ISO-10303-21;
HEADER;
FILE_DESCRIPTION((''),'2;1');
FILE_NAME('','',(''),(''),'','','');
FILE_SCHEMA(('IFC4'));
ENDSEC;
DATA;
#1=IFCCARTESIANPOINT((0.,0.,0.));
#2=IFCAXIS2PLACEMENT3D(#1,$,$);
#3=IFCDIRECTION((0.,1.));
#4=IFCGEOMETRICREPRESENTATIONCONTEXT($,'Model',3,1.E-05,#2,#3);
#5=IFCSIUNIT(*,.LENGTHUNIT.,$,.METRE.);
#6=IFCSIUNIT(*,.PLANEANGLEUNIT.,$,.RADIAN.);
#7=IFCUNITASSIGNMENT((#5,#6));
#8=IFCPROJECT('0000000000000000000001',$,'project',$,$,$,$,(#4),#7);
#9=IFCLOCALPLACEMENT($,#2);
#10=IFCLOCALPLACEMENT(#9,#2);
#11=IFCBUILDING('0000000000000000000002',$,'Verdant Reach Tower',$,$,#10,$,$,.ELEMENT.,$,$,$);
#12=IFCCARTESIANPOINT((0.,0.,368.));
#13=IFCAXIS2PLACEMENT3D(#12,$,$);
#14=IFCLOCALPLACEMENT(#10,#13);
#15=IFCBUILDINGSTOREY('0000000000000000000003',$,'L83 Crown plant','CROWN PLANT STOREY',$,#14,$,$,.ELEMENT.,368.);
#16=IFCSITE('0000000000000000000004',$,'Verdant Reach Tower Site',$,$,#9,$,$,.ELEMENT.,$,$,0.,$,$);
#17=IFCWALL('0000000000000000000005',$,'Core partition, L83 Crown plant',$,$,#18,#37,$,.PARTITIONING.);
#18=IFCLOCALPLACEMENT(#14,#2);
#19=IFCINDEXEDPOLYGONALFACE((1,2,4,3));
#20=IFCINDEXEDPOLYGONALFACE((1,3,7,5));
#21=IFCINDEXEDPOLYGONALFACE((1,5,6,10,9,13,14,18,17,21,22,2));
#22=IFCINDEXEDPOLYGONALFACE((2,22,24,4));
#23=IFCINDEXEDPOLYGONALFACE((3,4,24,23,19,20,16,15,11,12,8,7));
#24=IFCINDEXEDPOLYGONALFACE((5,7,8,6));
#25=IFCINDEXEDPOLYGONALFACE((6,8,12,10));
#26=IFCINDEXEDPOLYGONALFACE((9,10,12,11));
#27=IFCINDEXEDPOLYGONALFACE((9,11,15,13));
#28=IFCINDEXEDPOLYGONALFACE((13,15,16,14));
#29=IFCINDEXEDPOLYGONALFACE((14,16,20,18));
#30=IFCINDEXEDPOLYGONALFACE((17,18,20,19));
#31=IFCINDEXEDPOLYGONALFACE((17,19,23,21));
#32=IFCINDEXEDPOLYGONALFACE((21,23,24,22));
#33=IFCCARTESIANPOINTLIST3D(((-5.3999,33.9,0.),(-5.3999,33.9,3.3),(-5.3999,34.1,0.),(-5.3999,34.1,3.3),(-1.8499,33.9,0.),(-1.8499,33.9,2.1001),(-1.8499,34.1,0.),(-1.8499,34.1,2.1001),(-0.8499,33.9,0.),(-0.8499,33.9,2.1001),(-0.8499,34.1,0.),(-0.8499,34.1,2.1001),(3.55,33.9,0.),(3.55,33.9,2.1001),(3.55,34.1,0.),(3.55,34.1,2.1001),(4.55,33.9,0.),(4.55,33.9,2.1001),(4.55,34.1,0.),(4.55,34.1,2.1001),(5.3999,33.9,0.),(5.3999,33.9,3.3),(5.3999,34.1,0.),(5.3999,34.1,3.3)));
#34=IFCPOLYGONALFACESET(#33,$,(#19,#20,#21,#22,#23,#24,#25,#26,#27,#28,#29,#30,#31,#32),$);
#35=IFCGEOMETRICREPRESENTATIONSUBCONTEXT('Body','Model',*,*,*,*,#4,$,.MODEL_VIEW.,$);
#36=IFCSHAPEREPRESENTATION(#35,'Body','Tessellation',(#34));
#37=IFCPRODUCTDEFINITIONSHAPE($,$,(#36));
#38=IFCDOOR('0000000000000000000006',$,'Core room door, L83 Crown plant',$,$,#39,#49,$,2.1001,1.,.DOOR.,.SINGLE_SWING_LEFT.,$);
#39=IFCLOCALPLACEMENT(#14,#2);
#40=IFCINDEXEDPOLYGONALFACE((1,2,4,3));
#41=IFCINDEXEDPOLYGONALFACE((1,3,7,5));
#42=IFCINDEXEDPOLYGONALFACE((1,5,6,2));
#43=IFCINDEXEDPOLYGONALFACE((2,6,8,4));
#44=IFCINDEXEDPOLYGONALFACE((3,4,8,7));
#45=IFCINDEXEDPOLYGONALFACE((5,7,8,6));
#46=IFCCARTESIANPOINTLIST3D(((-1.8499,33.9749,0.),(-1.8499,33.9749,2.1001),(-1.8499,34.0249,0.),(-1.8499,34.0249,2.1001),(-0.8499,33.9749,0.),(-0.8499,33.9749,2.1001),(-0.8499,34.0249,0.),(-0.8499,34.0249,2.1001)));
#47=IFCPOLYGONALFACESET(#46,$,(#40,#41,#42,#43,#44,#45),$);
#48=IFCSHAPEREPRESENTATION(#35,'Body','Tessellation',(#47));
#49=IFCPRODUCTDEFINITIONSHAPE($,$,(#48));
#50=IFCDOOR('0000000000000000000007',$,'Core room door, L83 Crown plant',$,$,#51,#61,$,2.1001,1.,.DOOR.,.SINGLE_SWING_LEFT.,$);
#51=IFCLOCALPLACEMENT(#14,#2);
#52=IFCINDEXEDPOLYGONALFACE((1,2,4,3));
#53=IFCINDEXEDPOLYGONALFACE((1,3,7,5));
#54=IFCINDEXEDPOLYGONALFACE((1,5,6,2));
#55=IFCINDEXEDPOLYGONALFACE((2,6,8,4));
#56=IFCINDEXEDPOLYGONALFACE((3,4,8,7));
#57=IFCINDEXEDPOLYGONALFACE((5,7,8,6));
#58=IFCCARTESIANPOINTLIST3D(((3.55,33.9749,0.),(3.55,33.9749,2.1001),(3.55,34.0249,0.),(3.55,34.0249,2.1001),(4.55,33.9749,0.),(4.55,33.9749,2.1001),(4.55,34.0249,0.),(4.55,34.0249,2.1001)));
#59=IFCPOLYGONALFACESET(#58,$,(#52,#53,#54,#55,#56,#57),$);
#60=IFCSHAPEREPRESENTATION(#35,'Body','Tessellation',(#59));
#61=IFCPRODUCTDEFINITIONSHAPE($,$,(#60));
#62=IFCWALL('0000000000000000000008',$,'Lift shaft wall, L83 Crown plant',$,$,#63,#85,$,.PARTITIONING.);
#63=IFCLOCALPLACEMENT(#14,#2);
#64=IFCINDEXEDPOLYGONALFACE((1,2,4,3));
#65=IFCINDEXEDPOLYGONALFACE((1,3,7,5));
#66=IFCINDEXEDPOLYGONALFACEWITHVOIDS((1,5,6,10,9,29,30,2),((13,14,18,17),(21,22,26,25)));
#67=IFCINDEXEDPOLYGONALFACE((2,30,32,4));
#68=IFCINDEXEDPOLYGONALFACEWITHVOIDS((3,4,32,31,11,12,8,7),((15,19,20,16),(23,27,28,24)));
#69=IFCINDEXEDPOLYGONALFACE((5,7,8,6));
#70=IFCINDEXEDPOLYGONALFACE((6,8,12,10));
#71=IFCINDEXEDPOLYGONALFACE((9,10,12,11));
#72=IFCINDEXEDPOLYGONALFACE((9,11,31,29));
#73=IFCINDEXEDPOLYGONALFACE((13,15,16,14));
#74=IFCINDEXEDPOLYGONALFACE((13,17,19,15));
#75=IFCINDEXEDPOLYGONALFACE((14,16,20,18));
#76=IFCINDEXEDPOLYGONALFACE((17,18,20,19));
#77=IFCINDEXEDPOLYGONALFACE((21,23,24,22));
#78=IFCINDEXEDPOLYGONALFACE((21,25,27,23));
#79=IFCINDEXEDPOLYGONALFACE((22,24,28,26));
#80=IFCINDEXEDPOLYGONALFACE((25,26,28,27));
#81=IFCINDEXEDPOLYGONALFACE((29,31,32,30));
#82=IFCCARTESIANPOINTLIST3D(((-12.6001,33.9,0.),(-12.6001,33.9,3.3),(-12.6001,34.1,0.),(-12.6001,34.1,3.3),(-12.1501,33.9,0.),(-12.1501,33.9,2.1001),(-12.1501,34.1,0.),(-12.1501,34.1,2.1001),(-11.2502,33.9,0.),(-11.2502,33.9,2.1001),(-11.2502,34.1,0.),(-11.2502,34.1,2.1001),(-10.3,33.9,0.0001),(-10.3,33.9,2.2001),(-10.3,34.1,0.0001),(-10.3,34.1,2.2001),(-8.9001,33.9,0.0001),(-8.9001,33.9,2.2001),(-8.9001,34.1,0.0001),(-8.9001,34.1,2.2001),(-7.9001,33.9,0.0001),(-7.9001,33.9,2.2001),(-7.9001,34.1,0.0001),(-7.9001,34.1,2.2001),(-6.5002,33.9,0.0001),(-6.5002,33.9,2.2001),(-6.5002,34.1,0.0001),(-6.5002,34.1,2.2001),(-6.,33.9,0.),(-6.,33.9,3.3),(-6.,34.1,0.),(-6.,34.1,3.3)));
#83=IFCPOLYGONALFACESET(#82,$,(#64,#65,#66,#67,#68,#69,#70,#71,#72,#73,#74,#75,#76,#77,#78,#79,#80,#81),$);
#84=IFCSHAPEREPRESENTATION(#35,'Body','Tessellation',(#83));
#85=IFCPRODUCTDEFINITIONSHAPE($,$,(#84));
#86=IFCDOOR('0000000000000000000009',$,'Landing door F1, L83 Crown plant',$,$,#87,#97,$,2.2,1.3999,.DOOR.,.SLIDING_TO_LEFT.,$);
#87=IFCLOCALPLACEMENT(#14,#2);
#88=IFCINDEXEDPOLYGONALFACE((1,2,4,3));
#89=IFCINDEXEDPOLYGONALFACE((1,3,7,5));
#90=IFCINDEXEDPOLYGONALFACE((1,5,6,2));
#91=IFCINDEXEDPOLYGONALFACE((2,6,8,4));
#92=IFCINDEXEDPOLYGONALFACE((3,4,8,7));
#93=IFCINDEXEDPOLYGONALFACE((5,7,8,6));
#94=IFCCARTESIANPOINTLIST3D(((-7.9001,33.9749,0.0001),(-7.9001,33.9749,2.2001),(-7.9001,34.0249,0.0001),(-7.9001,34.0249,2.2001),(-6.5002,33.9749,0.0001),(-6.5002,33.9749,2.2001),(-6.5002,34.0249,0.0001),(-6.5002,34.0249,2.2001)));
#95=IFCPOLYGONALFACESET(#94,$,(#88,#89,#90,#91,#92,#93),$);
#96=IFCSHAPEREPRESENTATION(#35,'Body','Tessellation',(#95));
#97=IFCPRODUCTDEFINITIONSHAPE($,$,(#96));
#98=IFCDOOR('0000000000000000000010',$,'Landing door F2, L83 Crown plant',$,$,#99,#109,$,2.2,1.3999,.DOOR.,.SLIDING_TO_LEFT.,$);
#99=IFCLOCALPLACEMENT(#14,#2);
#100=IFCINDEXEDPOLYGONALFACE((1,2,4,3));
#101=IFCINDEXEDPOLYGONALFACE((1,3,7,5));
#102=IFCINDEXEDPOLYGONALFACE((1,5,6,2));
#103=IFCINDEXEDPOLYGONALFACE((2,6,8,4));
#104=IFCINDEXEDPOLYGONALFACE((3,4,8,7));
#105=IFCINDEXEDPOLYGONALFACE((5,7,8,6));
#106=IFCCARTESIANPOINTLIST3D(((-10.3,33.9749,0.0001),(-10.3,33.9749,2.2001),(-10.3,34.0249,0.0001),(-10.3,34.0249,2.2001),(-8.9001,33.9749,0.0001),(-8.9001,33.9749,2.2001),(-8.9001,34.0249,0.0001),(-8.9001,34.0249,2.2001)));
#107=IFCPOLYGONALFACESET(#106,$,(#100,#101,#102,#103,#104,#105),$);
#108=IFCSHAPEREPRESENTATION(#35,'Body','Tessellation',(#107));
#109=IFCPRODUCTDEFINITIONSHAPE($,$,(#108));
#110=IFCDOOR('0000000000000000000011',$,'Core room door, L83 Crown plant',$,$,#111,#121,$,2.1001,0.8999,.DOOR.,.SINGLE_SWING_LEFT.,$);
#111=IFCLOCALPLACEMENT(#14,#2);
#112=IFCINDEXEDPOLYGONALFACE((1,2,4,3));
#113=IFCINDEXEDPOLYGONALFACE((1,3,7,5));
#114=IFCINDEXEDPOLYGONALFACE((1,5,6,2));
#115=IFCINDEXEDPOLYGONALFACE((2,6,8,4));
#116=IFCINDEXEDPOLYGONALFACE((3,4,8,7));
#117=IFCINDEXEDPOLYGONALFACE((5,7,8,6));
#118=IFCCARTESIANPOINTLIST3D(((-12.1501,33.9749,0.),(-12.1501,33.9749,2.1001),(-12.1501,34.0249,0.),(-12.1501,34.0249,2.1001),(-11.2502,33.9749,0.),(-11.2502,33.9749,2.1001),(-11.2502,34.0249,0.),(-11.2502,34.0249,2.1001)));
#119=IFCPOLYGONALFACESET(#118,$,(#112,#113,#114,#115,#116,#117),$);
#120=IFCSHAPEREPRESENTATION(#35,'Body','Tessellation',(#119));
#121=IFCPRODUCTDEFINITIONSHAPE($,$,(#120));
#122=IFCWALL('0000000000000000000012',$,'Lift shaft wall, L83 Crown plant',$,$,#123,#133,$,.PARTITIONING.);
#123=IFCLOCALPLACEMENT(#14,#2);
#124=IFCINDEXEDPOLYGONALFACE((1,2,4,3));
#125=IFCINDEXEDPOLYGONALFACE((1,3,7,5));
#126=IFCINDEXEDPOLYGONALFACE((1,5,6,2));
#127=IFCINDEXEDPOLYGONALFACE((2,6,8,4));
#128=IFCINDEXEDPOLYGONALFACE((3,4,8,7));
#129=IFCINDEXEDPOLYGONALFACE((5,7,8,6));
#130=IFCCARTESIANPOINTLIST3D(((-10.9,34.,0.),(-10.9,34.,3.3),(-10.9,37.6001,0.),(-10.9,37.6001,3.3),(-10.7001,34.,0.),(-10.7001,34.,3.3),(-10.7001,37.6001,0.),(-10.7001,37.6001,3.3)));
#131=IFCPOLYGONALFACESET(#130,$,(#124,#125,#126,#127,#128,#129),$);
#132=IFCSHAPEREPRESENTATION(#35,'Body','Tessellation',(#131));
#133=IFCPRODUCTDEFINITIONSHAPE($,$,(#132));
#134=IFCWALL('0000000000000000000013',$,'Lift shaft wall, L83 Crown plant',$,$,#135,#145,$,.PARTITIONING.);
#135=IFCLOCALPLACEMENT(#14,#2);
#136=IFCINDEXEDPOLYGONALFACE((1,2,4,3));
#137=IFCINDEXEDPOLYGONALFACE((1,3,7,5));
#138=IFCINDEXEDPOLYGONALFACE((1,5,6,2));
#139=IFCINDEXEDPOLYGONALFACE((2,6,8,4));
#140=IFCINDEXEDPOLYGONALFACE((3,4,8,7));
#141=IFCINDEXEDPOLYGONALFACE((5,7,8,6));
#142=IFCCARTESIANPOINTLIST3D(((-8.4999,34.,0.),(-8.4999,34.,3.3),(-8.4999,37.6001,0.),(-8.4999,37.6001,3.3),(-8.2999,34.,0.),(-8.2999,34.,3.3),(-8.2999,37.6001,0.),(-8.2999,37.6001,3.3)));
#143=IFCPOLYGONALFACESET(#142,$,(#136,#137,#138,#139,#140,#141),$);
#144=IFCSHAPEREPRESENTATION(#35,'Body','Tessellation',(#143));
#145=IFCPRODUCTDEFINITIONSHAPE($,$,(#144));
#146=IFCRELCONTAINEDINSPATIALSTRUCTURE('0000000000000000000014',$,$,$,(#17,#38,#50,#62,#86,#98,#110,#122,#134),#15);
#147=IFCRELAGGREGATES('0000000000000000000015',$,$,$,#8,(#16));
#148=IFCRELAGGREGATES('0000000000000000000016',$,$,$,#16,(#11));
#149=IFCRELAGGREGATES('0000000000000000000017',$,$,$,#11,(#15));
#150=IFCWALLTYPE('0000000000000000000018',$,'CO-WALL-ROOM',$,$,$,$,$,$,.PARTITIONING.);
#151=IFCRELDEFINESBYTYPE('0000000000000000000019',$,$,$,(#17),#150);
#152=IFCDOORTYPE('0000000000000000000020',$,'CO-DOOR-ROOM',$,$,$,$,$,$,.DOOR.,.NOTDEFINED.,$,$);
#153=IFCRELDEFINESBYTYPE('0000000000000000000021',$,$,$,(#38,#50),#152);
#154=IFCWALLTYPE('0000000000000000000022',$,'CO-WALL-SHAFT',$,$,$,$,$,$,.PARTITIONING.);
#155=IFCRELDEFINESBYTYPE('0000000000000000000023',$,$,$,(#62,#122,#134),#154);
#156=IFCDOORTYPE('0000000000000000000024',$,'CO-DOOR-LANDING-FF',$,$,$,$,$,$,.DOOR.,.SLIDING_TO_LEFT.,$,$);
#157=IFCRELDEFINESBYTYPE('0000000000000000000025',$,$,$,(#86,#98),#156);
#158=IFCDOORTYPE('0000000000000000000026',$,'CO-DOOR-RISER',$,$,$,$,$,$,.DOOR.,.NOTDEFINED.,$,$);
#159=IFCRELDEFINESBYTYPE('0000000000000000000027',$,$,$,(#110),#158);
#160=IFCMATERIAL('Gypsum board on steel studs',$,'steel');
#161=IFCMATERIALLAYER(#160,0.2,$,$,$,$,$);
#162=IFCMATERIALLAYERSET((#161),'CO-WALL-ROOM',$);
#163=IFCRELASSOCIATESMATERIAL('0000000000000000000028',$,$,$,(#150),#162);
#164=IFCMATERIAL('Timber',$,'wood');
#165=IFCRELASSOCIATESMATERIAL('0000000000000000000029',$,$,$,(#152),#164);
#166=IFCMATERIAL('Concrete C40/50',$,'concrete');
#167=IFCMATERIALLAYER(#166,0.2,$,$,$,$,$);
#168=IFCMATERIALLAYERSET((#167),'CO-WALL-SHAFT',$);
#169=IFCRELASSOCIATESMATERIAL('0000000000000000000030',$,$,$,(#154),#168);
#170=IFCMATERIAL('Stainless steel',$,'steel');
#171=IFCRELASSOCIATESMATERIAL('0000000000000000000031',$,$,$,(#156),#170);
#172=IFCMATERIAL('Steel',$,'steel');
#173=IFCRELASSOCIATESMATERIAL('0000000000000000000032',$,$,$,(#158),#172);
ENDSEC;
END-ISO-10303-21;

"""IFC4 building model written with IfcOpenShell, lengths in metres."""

from ifc_helpers import new_model, si_unit, direction, frame, frame_2d, origin, place, context, subcontext, project, spatial, rectangle, extrude, material, layer, layer_set, type_object, element, fill, save


model = new_model("IFC4")

# Units and contexts
model_context = context("Model", 3, precision=1e-05, world=origin(), true_north=direction((0.0, 1.0)))
body_context = subcontext(model_context, "Body", "Model", "MODEL_VIEW")
ifc_project = project(units=[si_unit("LENGTHUNIT", "METRE"), si_unit("PLANEANGLEUNIT", "RADIAN")], contexts=[model_context])

# Site, building, storey
site_placement = place(None, origin())
site = spatial("IfcSite", under=ifc_project, at=site_placement, Name="Verdant Reach Tower Site", CompositionType="ELEMENT", RefElevation=0.0)
building_placement = place(site_placement, origin())
building = spatial("IfcBuilding", under=site, at=building_placement, Name="Verdant Reach Tower", CompositionType="ELEMENT")
storey_placement = place(building_placement, frame((0.0, 0.0, 368.0)))
storey = spatial("IfcBuildingStorey", under=building, at=storey_placement, Name="L83 Crown plant", Description="CROWN PLANT STOREY", CompositionType="ELEMENT", Elevation=368.0)

# Shared definitions
ifc_material_1 = material(Name="Gypsum board on steel studs", Category="steel")
ifc_layer_1 = layer(ifc_material_1, 0.2)
ifc_layer_set_1 = layer_set([ifc_layer_1], Name="CO-WALL-ROOM")
wall_type_1 = type_object("IfcWallType", Name="CO-WALL-ROOM", PredefinedType="PARTITIONING", material=ifc_layer_set_1)
ifc_material_2 = material(Name="Timber", Category="wood")
door_type_1 = type_object("IfcDoorType", Name="CO-DOOR-ROOM", OperationType="NOTDEFINED", PredefinedType="DOOR", material=ifc_material_2)

# Walls, openings, doors
wall_1_placement = place(storey_placement, frame((-5.3999, 34.0, 0.0), z_axis=(0.0, 0.0, 1.0), x_axis=(1.0, 0.0, 0.0)))
wall_1 = element("IfcWall", 1, at=wall_1_placement, inside=storey, type_object=wall_type_1, Name="Core partition, L83 Crown plant", PredefinedType="PARTITIONING", context=body_context, shape_type="SweptSolid", body=[
    extrude(rectangle(XDim=10.7998, YDim=0.2, at=frame_2d((5.3999, 0.0))), origin(), (0.0, 0.0, 1.0), 3.3),
])
opening_1_placement = place(wall_1_placement, frame((3.55, 0.0, 0.0)))
opening_1 = element("IfcOpeningElement", 2, at=opening_1_placement, cuts=wall_1, PredefinedType="OPENING", context=body_context, shape_type="SweptSolid", body=[
    extrude(rectangle(XDim=1.0, YDim=2.1001, at=frame_2d((0.5, 1.05))), frame((0.0, 0.1099, 0.0), z_axis=(0.0, -1.0, 0.0), x_axis=(1.0, 0.0, 0.0)), (0.0, 0.0, 1.0), 0.22),
])
opening_2_placement = place(wall_1_placement, frame((8.95, 0.0, 0.0)))
opening_2 = element("IfcOpeningElement", 3, at=opening_2_placement, cuts=wall_1, PredefinedType="OPENING", context=body_context, shape_type="SweptSolid", body=[
    extrude(rectangle(XDim=1.0, YDim=2.1001, at=frame_2d((0.5, 1.05))), frame((0.0, 0.1099, 0.0), z_axis=(0.0, -1.0, 0.0), x_axis=(1.0, 0.0, 0.0)), (0.0, 0.0, 1.0), 0.22),
])
door_1_placement = place(opening_1_placement, origin())
door_1 = element("IfcDoor", 4, at=door_1_placement, inside=storey, type_object=door_type_1, Name="Core room door, L83 Crown plant", OperationType="SINGLE_SWING_LEFT", OverallHeight=2.1001, OverallWidth=1.0, PredefinedType="DOOR", context=body_context, shape_type="SweptSolid", body=[
    extrude(rectangle(XDim=1.0, YDim=2.1001, at=frame_2d((0.5, 1.05))), frame((0.0, 0.0249, 0.0), z_axis=(0.0, -1.0, 0.0), x_axis=(1.0, 0.0, 0.0)), (0.0, 0.0, 1.0), 0.05),
])
fill(opening_1, door_1)
door_2_placement = place(opening_2_placement, origin())
door_2 = element("IfcDoor", 5, at=door_2_placement, inside=storey, type_object=door_type_1, Name="Core room door, L83 Crown plant", OperationType="SINGLE_SWING_LEFT", OverallHeight=2.1001, OverallWidth=1.0, PredefinedType="DOOR", context=body_context, shape_type="SweptSolid", body=[
    extrude(rectangle(XDim=1.0, YDim=2.1001, at=frame_2d((0.5, 1.05))), frame((0.0, 0.0249, 0.0), z_axis=(0.0, -1.0, 0.0), x_axis=(1.0, 0.0, 0.0)), (0.0, 0.0, 1.0), 0.05),
])
fill(opening_2, door_2)
ifc_material_3 = material(Name="Concrete C40/50", Category="concrete")
ifc_layer_2 = layer(ifc_material_3, 0.2)
ifc_layer_set_2 = layer_set([ifc_layer_2], Name="CO-WALL-SHAFT")
wall_type_2 = type_object("IfcWallType", Name="CO-WALL-SHAFT", PredefinedType="PARTITIONING", material=ifc_layer_set_2)
wall_2_placement = place(storey_placement, frame((-12.6001, 34.0, 0.0), z_axis=(0.0, 0.0, 1.0), x_axis=(1.0, 0.0, 0.0)))
wall_2 = element("IfcWall", 6, at=wall_2_placement, inside=storey, type_object=wall_type_2, Name="Lift shaft wall, L83 Crown plant", PredefinedType="PARTITIONING", context=body_context, shape_type="SweptSolid", body=[
    extrude(rectangle(XDim=6.6001, YDim=0.2, at=frame_2d((3.3, 0.0))), origin(), (0.0, 0.0, 1.0), 3.3),
])
opening_3_placement = place(wall_2_placement, frame((4.7, 0.0, 0.0)))
opening_3 = element("IfcOpeningElement", 7, at=opening_3_placement, cuts=wall_2, PredefinedType="OPENING", context=body_context, shape_type="SweptSolid", body=[
    extrude(rectangle(XDim=1.3999, YDim=2.2, at=frame_2d((0.7, 1.1001))), frame((0.0, 0.1099, 0.0), z_axis=(0.0, -1.0, 0.0), x_axis=(1.0, 0.0, 0.0)), (0.0, 0.0, 1.0), 0.22),
])
opening_4_placement = place(wall_2_placement, frame((2.3, 0.0, 0.0)))
opening_4 = element("IfcOpeningElement", 8, at=opening_4_placement, cuts=wall_2, PredefinedType="OPENING", context=body_context, shape_type="SweptSolid", body=[
    extrude(rectangle(XDim=1.3999, YDim=2.2, at=frame_2d((0.7, 1.1001))), frame((0.0, 0.1099, 0.0), z_axis=(0.0, -1.0, 0.0), x_axis=(1.0, 0.0, 0.0)), (0.0, 0.0, 1.0), 0.22),
])
opening_5_placement = place(wall_2_placement, frame((0.45, 0.0, 0.0)))
opening_5 = element("IfcOpeningElement", 9, at=opening_5_placement, cuts=wall_2, PredefinedType="OPENING", context=body_context, shape_type="SweptSolid", body=[
    extrude(rectangle(XDim=0.8999, YDim=2.1001, at=frame_2d((0.45, 1.05))), frame((0.0, 0.1099, 0.0), z_axis=(0.0, -1.0, 0.0), x_axis=(1.0, 0.0, 0.0)), (0.0, 0.0, 1.0), 0.22),
])
ifc_material_4 = material(Name="Stainless steel", Category="steel")
door_type_2 = type_object("IfcDoorType", Name="CO-DOOR-LANDING-FF", OperationType="SLIDING_TO_LEFT", PredefinedType="DOOR", material=ifc_material_4)
door_3_placement = place(opening_3_placement, origin())
door_3 = element("IfcDoor", 10, at=door_3_placement, inside=storey, type_object=door_type_2, Name="Landing door F1, L83 Crown plant", OperationType="SLIDING_TO_LEFT", OverallHeight=2.2, OverallWidth=1.3999, PredefinedType="DOOR", context=body_context, shape_type="SweptSolid", body=[
    extrude(rectangle(XDim=1.3999, YDim=2.2, at=frame_2d((0.7, 1.1001))), frame((0.0, 0.0249, 0.0), z_axis=(0.0, -1.0, 0.0), x_axis=(1.0, 0.0, 0.0)), (0.0, 0.0, 1.0), 0.05),
])
fill(opening_3, door_3)
door_4_placement = place(opening_4_placement, origin())
door_4 = element("IfcDoor", 11, at=door_4_placement, inside=storey, type_object=door_type_2, Name="Landing door F2, L83 Crown plant", OperationType="SLIDING_TO_LEFT", OverallHeight=2.2, OverallWidth=1.3999, PredefinedType="DOOR", context=body_context, shape_type="SweptSolid", body=[
    extrude(rectangle(XDim=1.3999, YDim=2.2, at=frame_2d((0.7, 1.1001))), frame((0.0, 0.0249, 0.0), z_axis=(0.0, -1.0, 0.0), x_axis=(1.0, 0.0, 0.0)), (0.0, 0.0, 1.0), 0.05),
])
fill(opening_4, door_4)
ifc_material_5 = material(Name="Steel", Category="steel")
door_type_3 = type_object("IfcDoorType", Name="CO-DOOR-RISER", OperationType="NOTDEFINED", PredefinedType="DOOR", material=ifc_material_5)
door_5_placement = place(opening_5_placement, origin())
door_5 = element("IfcDoor", 12, at=door_5_placement, inside=storey, type_object=door_type_3, Name="Core room door, L83 Crown plant", OperationType="SINGLE_SWING_LEFT", OverallHeight=2.1001, OverallWidth=0.8999, PredefinedType="DOOR", context=body_context, shape_type="SweptSolid", body=[
    extrude(rectangle(XDim=0.8999, YDim=2.1001, at=frame_2d((0.45, 1.05))), frame((0.0, 0.0249, 0.0), z_axis=(0.0, -1.0, 0.0), x_axis=(1.0, 0.0, 0.0)), (0.0, 0.0, 1.0), 0.05),
])
fill(opening_5, door_5)

# Walls
for number, where, z_axis, x_axis, name in (
    (13, (-10.8, 34.0, 0.0), (0.0, 0.0, 1.0), (0.0, 1.0, 0.0), "Lift shaft wall, L83 Crown plant"),
    (14, (-8.3999, 34.0, 0.0), (0.0, 0.0, 1.0), (0.0, 1.0, 0.0), "Lift shaft wall, L83 Crown plant"),
):
    element("IfcWall", number, at=place(storey_placement, frame(where, z_axis=z_axis, x_axis=x_axis)), inside=storey, type_object=wall_type_2, Name=name, PredefinedType="PARTITIONING", context=body_context, shape_type="SweptSolid", body=[
        extrude(rectangle(XDim=3.6001, YDim=0.2, at=frame_2d((1.8, 0.0))), origin(), (0.0, 0.0, 1.0), 3.3),
    ])

save(model, "model.ifc")
